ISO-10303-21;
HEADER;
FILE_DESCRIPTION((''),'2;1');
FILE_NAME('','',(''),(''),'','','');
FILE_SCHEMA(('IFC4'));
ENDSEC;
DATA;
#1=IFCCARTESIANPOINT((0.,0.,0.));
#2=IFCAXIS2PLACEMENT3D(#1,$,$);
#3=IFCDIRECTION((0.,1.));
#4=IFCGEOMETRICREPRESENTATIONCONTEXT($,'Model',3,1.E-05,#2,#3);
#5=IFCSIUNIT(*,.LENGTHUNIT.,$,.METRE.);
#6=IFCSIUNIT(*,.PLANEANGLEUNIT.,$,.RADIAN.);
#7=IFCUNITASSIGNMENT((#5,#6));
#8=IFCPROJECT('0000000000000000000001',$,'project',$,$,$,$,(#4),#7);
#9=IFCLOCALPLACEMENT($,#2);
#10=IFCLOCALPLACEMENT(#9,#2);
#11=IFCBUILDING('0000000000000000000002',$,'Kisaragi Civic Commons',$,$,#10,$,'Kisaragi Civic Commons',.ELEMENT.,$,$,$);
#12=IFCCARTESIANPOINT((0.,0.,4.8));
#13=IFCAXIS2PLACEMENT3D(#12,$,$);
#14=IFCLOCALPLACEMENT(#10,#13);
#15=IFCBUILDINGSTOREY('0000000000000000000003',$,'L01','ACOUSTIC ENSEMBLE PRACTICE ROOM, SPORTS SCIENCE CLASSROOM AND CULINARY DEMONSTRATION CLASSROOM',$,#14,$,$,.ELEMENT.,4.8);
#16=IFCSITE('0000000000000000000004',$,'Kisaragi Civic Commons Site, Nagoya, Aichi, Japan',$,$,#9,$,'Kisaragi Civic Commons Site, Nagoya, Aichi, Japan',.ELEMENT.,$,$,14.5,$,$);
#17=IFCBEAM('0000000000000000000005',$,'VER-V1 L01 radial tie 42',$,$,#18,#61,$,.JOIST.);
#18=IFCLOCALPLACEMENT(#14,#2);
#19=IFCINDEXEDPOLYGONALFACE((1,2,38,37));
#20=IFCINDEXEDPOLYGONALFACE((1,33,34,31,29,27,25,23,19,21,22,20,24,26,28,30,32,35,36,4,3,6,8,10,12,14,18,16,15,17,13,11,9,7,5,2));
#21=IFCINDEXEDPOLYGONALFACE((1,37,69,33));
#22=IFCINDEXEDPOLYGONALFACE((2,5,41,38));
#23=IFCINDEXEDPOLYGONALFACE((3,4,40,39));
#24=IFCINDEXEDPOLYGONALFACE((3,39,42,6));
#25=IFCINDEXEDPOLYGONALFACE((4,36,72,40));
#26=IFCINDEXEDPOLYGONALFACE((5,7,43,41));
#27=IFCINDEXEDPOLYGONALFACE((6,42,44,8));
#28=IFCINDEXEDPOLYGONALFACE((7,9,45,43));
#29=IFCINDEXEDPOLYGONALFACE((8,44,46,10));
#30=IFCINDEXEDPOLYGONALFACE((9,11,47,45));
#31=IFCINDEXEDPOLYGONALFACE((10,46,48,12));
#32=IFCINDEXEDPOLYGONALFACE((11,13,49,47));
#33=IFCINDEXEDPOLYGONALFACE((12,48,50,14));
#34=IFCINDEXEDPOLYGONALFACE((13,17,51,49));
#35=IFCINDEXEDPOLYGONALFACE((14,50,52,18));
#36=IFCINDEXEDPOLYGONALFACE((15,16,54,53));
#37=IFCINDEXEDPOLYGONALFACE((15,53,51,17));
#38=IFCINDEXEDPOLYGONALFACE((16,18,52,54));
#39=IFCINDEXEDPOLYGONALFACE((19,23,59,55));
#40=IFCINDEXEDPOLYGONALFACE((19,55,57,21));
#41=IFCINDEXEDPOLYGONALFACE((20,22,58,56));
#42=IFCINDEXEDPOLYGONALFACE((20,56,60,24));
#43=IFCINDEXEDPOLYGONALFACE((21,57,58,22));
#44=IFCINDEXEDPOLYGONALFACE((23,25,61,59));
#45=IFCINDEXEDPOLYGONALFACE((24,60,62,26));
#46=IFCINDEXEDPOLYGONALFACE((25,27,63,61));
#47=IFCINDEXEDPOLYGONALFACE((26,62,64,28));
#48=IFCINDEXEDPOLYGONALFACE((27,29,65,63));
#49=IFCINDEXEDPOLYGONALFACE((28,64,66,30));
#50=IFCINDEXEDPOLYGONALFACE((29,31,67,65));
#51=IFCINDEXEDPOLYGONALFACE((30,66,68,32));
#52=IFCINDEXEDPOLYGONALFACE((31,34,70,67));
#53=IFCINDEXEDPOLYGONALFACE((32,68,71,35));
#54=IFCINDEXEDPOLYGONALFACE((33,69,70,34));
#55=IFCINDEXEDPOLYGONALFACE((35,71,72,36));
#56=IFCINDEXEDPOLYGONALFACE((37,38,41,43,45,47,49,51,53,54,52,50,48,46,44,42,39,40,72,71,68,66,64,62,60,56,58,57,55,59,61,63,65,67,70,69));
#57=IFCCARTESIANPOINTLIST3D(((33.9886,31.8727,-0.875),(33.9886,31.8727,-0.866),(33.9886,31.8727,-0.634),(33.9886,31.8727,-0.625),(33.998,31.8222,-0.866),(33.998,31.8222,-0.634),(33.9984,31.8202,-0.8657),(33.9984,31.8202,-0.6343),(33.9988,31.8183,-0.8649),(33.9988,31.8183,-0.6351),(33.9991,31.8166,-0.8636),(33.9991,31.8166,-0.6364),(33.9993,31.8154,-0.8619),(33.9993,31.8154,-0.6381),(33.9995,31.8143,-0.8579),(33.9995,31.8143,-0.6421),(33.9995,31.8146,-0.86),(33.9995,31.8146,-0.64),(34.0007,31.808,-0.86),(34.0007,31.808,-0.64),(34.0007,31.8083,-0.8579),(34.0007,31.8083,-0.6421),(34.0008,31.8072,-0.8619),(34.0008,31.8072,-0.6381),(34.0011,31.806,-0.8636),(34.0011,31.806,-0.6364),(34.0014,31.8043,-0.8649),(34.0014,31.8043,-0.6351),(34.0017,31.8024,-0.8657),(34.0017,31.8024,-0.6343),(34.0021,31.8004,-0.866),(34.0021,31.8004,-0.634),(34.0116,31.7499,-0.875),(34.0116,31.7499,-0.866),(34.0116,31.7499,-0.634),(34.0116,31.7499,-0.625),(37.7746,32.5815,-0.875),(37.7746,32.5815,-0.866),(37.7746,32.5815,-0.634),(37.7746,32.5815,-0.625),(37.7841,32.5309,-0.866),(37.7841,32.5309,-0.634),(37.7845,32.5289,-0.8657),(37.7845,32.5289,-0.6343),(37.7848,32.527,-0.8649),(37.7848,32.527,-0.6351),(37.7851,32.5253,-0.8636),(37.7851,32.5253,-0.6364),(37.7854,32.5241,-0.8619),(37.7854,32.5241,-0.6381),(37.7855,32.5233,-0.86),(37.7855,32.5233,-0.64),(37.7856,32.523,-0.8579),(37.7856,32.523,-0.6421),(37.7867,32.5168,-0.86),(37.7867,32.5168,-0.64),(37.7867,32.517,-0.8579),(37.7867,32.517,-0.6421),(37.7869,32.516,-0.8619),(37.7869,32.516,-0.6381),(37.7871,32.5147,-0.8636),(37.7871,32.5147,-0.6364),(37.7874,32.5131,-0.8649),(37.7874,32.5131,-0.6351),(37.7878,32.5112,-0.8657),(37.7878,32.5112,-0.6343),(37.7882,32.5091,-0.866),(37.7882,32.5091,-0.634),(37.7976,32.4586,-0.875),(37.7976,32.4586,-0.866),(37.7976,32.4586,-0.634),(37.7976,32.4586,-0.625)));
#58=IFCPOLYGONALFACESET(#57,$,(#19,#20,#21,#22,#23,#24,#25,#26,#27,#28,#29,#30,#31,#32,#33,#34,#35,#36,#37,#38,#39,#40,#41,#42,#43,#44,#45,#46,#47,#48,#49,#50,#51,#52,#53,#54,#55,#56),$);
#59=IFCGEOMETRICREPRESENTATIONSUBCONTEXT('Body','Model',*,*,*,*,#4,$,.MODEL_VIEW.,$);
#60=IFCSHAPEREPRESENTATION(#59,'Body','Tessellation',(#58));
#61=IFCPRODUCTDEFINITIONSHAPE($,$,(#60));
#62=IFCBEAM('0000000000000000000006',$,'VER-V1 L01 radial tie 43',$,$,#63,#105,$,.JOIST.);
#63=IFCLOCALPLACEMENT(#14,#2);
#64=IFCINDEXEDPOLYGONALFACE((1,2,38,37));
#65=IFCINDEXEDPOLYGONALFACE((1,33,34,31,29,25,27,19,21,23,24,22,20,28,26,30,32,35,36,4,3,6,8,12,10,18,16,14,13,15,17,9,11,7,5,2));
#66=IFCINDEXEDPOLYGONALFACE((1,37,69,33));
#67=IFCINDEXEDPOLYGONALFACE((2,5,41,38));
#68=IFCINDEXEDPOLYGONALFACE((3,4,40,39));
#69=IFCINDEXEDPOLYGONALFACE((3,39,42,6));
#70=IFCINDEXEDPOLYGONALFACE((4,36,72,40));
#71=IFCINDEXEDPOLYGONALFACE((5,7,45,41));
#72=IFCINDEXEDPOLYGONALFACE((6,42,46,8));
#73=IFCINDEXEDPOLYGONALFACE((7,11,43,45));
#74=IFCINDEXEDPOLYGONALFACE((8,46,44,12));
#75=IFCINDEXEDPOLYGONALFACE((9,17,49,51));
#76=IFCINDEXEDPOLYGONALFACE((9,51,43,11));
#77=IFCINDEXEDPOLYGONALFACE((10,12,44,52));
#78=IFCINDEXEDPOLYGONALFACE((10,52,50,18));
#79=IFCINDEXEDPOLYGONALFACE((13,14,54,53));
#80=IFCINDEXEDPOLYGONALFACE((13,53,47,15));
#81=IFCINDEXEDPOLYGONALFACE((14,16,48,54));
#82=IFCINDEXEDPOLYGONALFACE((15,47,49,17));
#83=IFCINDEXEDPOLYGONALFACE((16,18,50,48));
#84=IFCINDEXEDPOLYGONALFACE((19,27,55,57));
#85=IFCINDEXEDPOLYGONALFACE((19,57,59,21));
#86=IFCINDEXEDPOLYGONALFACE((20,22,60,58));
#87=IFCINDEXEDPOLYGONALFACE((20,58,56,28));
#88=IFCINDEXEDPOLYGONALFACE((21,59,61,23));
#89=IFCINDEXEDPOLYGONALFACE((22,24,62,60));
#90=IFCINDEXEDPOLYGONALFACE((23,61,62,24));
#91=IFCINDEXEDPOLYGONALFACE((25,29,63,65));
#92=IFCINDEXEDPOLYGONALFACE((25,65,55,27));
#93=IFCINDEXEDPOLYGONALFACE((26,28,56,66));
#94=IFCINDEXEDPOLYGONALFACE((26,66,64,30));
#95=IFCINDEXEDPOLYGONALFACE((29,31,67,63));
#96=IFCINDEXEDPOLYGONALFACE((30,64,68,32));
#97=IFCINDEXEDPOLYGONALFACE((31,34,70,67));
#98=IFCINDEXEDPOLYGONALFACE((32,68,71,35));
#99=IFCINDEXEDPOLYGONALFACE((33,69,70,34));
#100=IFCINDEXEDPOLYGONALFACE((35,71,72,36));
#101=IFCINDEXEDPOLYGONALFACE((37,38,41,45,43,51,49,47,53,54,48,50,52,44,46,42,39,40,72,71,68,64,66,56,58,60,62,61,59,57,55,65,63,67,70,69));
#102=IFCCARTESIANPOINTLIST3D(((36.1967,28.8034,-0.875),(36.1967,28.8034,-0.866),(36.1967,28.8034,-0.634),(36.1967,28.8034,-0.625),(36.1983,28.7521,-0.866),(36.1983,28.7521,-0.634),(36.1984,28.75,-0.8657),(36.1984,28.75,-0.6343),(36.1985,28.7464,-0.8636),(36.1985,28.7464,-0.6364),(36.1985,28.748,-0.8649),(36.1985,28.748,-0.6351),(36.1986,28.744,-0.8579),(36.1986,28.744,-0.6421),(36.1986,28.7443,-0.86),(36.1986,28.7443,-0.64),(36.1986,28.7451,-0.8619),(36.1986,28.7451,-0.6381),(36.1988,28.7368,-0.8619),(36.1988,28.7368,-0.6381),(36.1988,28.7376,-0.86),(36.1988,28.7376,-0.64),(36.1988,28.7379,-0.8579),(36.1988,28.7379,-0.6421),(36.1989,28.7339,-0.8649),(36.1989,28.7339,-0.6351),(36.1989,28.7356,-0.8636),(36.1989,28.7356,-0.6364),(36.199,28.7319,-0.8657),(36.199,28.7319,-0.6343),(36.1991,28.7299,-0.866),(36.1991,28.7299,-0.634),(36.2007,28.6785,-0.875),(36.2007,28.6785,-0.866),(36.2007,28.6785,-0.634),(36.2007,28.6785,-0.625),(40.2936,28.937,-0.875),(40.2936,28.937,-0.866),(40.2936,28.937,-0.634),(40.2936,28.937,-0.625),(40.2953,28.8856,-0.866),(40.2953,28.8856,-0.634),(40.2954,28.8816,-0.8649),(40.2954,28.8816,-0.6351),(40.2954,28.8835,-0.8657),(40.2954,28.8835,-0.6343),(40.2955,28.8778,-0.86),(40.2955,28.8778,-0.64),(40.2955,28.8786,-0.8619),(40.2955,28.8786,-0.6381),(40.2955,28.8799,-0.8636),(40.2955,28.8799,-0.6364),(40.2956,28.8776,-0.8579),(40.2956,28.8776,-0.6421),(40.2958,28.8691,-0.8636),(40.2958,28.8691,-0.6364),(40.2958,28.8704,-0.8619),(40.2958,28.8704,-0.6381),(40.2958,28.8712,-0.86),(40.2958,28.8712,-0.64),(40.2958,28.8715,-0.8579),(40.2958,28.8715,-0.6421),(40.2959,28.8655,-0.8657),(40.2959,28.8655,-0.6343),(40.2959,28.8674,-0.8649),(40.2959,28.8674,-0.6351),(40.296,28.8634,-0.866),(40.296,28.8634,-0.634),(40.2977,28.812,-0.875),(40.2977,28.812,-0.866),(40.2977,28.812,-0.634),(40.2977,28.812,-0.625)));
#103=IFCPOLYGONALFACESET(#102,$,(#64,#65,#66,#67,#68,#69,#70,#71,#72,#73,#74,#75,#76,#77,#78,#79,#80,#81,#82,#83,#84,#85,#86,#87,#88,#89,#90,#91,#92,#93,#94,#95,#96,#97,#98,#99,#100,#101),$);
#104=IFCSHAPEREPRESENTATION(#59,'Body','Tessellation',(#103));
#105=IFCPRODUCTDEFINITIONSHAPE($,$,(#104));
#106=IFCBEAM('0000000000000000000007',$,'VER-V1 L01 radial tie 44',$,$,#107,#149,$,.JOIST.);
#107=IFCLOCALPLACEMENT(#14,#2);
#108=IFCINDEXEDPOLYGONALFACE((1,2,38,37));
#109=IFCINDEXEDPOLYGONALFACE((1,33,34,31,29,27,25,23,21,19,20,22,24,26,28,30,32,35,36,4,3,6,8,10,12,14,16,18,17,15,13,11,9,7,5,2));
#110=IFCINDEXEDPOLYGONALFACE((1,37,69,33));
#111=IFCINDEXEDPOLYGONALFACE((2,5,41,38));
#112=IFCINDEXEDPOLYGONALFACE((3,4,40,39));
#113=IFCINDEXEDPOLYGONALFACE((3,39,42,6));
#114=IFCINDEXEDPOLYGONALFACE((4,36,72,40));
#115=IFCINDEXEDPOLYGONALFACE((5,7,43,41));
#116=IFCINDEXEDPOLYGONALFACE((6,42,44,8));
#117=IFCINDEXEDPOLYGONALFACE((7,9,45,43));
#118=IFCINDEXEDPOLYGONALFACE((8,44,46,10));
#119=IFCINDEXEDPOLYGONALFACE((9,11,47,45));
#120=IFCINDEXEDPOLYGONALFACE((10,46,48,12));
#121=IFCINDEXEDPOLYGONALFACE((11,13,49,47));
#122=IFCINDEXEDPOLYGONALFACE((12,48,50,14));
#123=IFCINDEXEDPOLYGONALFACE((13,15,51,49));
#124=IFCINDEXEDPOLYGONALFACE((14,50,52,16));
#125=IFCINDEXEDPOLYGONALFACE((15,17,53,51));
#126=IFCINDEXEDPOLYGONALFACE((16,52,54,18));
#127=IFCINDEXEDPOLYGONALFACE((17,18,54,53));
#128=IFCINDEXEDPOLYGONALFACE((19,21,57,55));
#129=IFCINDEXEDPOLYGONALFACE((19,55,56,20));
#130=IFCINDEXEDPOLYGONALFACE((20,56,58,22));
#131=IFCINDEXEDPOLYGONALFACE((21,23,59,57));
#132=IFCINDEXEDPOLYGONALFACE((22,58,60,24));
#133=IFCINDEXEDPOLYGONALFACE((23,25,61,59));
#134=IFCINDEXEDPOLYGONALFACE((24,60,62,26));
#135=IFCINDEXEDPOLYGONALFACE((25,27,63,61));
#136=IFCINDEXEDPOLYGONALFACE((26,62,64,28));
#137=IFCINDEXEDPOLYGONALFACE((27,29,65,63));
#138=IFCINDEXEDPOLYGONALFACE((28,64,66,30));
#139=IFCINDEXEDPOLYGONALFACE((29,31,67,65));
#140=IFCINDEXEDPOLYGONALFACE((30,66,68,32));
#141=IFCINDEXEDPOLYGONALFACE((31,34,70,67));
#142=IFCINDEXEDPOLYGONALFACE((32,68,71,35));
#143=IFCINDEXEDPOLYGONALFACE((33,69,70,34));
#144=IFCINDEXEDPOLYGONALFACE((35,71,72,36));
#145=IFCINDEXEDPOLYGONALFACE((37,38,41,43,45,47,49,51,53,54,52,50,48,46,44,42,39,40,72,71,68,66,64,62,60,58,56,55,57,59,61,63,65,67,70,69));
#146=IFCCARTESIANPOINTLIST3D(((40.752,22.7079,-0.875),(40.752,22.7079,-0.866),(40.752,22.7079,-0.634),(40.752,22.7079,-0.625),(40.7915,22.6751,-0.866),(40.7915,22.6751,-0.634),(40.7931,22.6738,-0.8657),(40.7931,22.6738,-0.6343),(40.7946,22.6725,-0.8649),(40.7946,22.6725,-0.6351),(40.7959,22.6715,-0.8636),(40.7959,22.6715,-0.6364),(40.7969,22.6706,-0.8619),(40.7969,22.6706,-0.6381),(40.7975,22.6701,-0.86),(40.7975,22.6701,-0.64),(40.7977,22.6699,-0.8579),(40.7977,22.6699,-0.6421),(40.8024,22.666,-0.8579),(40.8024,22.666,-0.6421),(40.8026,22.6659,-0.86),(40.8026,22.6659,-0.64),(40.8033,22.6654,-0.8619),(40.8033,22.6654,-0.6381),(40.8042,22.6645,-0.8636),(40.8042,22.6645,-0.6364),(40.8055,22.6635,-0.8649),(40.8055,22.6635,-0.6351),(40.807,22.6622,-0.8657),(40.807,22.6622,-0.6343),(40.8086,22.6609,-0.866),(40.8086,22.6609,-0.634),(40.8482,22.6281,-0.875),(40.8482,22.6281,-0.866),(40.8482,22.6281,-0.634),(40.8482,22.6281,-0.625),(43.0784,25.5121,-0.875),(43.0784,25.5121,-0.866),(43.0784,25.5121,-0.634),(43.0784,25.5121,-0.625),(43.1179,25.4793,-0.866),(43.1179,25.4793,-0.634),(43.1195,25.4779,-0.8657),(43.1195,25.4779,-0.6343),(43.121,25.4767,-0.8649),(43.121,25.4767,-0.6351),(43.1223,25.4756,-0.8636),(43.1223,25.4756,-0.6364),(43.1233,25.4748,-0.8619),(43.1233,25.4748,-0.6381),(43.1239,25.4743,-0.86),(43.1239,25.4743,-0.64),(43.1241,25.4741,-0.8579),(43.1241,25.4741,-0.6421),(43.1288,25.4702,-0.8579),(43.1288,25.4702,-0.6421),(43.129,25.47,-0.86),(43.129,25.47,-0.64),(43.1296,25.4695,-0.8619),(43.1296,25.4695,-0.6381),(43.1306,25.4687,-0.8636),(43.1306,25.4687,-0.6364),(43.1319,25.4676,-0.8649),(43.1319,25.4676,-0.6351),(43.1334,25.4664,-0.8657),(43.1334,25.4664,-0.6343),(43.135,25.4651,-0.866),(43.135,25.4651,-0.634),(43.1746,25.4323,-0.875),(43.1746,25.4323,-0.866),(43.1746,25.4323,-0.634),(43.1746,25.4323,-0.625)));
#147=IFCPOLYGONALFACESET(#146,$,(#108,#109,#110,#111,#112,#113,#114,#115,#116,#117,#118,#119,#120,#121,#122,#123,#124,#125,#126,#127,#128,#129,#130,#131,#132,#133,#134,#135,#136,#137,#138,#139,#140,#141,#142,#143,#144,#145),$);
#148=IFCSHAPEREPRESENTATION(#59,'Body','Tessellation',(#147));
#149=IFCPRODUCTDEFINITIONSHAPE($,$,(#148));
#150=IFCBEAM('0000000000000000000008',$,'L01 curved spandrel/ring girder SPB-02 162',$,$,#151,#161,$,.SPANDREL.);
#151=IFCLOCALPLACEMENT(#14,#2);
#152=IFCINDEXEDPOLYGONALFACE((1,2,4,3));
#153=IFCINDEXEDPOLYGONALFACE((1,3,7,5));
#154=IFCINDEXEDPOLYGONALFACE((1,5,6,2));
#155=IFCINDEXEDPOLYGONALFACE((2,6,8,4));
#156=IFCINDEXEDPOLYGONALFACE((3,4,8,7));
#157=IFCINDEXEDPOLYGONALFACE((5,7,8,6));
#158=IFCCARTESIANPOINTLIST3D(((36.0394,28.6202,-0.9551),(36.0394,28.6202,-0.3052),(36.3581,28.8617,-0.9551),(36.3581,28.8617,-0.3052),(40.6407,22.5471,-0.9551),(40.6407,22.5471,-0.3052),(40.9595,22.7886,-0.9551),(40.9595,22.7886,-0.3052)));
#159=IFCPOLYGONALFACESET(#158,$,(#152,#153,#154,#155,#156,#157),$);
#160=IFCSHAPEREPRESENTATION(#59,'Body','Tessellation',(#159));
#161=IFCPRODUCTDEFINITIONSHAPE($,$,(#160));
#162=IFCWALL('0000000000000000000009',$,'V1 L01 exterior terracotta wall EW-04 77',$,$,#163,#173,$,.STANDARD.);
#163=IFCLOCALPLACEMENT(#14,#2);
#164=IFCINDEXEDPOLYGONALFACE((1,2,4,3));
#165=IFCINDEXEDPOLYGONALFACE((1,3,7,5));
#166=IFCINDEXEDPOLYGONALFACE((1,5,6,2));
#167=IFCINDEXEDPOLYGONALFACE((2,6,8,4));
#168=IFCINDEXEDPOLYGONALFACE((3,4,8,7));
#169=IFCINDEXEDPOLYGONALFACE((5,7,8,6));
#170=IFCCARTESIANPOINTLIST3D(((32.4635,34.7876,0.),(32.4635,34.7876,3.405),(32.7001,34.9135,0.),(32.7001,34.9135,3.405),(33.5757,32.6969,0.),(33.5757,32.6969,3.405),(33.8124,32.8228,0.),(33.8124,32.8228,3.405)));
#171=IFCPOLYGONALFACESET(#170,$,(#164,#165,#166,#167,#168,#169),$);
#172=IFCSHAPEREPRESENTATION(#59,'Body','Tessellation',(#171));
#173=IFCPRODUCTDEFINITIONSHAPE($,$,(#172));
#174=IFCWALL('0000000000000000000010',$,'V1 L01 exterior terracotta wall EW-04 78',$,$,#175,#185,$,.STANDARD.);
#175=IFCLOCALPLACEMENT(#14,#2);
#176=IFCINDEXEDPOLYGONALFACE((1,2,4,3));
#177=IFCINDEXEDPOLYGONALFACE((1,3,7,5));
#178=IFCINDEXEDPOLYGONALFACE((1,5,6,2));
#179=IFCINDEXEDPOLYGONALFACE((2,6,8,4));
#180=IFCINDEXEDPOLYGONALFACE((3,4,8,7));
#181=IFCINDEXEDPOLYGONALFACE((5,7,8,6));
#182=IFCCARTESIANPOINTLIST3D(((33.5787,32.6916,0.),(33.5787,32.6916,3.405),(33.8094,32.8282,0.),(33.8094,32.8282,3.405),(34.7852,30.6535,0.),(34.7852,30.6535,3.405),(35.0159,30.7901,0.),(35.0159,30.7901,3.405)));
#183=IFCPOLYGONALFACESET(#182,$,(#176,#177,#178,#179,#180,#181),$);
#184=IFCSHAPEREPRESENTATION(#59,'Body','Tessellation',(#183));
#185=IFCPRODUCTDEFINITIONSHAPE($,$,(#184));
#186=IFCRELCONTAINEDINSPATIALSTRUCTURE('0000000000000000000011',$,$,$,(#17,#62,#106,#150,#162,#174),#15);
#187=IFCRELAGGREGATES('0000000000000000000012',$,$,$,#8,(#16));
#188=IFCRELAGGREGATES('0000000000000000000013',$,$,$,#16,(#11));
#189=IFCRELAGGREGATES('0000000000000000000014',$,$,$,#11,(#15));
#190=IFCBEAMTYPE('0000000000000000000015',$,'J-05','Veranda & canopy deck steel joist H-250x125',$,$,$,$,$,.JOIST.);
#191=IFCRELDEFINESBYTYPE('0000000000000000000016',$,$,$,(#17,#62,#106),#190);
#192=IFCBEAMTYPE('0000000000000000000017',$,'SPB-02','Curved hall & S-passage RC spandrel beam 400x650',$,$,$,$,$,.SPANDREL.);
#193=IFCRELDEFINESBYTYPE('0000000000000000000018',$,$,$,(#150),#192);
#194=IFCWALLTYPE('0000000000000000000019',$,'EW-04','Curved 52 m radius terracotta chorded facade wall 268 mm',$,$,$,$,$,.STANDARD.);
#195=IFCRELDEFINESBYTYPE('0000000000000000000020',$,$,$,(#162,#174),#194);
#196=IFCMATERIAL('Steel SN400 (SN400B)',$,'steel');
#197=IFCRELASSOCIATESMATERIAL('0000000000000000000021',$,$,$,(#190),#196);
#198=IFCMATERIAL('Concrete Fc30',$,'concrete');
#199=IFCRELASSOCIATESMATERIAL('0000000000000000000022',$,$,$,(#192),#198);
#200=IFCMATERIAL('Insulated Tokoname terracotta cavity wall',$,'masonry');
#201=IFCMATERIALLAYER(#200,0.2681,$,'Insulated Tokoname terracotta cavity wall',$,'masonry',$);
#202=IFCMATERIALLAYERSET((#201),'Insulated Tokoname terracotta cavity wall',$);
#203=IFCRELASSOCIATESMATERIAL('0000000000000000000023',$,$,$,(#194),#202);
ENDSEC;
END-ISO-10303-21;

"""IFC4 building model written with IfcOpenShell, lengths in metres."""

from ifc_helpers import new_model, si_unit, direction, frame, frame_2d, origin, origin_2d, place, context, subcontext, project, spatial, rectangle, i_section, extrude, material, layer, layer_set, material_profile, profile_set, type_object, element, save


model = new_model("IFC4")

# Units and contexts
model_context = context("Model", 3, precision=1e-05, world=origin(), true_north=direction((0.0, 1.0)))
body_context = subcontext(model_context, "Body", "Model", "MODEL_VIEW")
ifc_project = project(units=[si_unit("LENGTHUNIT", "METRE"), si_unit("PLANEANGLEUNIT", "RADIAN")], contexts=[model_context])

# Site, building, storey
site_placement = place(None, origin())
site = spatial("IfcSite", under=ifc_project, at=site_placement, Name="Kisaragi Civic Commons Site, Nagoya, Aichi, Japan", LongName="Kisaragi Civic Commons Site, Nagoya, Aichi, Japan", CompositionType="ELEMENT", RefElevation=14.5)
building_placement = place(site_placement, origin())
building = spatial("IfcBuilding", under=site, at=building_placement, Name="Kisaragi Civic Commons", LongName="Kisaragi Civic Commons", CompositionType="ELEMENT")
storey_placement = place(building_placement, frame((0.0, 0.0, 4.8)))
storey = spatial("IfcBuildingStorey", under=building, at=storey_placement, Name="L01", Description="ACOUSTIC ENSEMBLE PRACTICE ROOM, SPORTS SCIENCE CLASSROOM AND CULINARY DEMONSTRATION CLASSROOM", CompositionType="ELEMENT", Elevation=4.8)

# Shared definitions
ifc_material_1 = material(Name="Concrete Fc30", Category="concrete")

# Beams
ifc_material_2 = material(Name="Steel SN400 (SN400B)", Category="steel")
ifc_material_profile_1 = material_profile(ifc_material_2, i_section(OverallWidth=0.125, OverallDepth=0.25, WebThickness=0.0061, FlangeThickness=0.009, FilletRadius=0.0081, at=origin_2d()), Name="H-250x125x6x9", Category="steel")
ifc_profile_set_1 = profile_set([ifc_material_profile_1], Name="Steel SN400 (SN400B)")
beam_type_1 = type_object("IfcBeamType", Name="J-05", Description="Veranda & canopy deck steel joist H-250x125", PredefinedType="JOIST", material=ifc_profile_set_1)
beam_1_placement = place(storey_placement, frame((37.7861, 32.52, -0.75), z_axis=(-0.982927, -0.183998, 0.0), x_axis=(0.183998, -0.982927, 0.0)))
element("IfcBeam", 1, at=beam_1_placement, inside=storey, type_object=beam_type_1, Name="VER-V1 L01 radial tie 42", PredefinedType="JOIST", context=body_context, shape_type="SweptSolid", body=[
    extrude(i_section(OverallWidth=0.125, OverallDepth=0.25, WebThickness=0.0061, FlangeThickness=0.009, FilletRadius=0.0081, at=origin_2d()), origin(), (0.0, 0.0, 1.0), 3.8518),
])
beam_2_placement = place(storey_placement, frame((40.2957, 28.8745, -0.75), z_axis=(-0.999469, -0.032579, 0.0), x_axis=(0.032579, -0.999469, 0.0)))
element("IfcBeam", 2, at=beam_2_placement, inside=storey, type_object=beam_type_1, Name="VER-V1 L01 radial tie 43", PredefinedType="JOIST", context=body_context, shape_type="SweptSolid", body=[
    extrude(i_section(OverallWidth=0.125, OverallDepth=0.25, WebThickness=0.0061, FlangeThickness=0.009, FilletRadius=0.0081, at=origin_2d()), origin(), (0.0, 0.0, 1.0), 4.0991),
])
beam_3_placement = place(storey_placement, frame((43.1265, 25.4722, -0.75), z_axis=(-0.638496, -0.769625, 0.0), x_axis=(0.769625, -0.638496, 0.0)))
element("IfcBeam", 3, at=beam_3_placement, inside=storey, type_object=beam_type_1, Name="VER-V1 L01 radial tie 44", PredefinedType="JOIST", context=body_context, shape_type="SweptSolid", body=[
    extrude(i_section(OverallWidth=0.125, OverallDepth=0.25, WebThickness=0.0061, FlangeThickness=0.009, FilletRadius=0.0081, at=origin_2d()), origin(), (0.0, 0.0, 1.0), 3.6436),
])
ifc_material_profile_2 = material_profile(ifc_material_1, rectangle(XDim=0.3999, YDim=0.6499, at=origin_2d()), Name="RC-400x650", Category="concrete")
ifc_profile_set_2 = profile_set([ifc_material_profile_2], Name="Concrete Fc30")
beam_type_2 = type_object("IfcBeamType", Name="SPB-02", Description="Curved hall & S-passage RC spandrel beam 400x650", PredefinedType="SPANDREL", material=ifc_profile_set_2)
beam_4_placement = place(storey_placement, frame((36.1987, 28.741, -0.6301), z_axis=(0.603905, -0.797057, 0.0), x_axis=(0.797057, 0.603905, 0.0)))
element("IfcBeam", 4, at=beam_4_placement, inside=storey, type_object=beam_type_2, Name="L01 curved spandrel/ring girder SPB-02 162", PredefinedType="SPANDREL", context=body_context, shape_type="SweptSolid", body=[
    extrude(rectangle(XDim=0.3999, YDim=0.6499, at=origin_2d()), origin(), (0.0, 0.0, 1.0), 7.6194),
])

# Walls
ifc_material_3 = material(Name="Insulated Tokoname terracotta cavity wall", Category="masonry")
ifc_layer = layer(ifc_material_3, 0.2681, Name="Insulated Tokoname terracotta cavity wall", Category="masonry")
ifc_layer_set = layer_set([ifc_layer], Name="Insulated Tokoname terracotta cavity wall")
wall_type = type_object("IfcWallType", Name="EW-04", Description="Curved 52 m radius terracotta chorded facade wall 268 mm", PredefinedType="STANDARD", material=ifc_layer_set)
wall_1_placement = place(storey_placement, frame((32.5818, 34.8506, 0.0), z_axis=(0.0, 0.0, 1.0), x_axis=(0.469668, -0.882843, 0.0)))
element("IfcWall", 5, at=wall_1_placement, inside=storey, type_object=wall_type, Name="V1 L01 exterior terracotta wall EW-04 77", PredefinedType="STANDARD", context=body_context, shape_type="SweptSolid", body=[
    extrude(rectangle(XDim=2.3682, YDim=0.2681, at=frame_2d((1.1841, 0.0))), origin(), (0.0, 0.0, 1.0), 3.405),
])
wall_2_placement = place(storey_placement, frame((33.6941, 32.7598, 0.0), z_axis=(0.0, 0.0, 1.0), x_axis=(0.509424, -0.860516, 0.0)))
element("IfcWall", 6, at=wall_2_placement, inside=storey, type_object=wall_type, Name="V1 L01 exterior terracotta wall EW-04 78", PredefinedType="STANDARD", context=body_context, shape_type="SweptSolid", body=[
    extrude(rectangle(XDim=2.3684, YDim=0.2681, at=frame_2d((1.1841, 0.0))), origin(), (0.0, 0.0, 1.0), 3.405),
])

save(model, "model.ifc")
